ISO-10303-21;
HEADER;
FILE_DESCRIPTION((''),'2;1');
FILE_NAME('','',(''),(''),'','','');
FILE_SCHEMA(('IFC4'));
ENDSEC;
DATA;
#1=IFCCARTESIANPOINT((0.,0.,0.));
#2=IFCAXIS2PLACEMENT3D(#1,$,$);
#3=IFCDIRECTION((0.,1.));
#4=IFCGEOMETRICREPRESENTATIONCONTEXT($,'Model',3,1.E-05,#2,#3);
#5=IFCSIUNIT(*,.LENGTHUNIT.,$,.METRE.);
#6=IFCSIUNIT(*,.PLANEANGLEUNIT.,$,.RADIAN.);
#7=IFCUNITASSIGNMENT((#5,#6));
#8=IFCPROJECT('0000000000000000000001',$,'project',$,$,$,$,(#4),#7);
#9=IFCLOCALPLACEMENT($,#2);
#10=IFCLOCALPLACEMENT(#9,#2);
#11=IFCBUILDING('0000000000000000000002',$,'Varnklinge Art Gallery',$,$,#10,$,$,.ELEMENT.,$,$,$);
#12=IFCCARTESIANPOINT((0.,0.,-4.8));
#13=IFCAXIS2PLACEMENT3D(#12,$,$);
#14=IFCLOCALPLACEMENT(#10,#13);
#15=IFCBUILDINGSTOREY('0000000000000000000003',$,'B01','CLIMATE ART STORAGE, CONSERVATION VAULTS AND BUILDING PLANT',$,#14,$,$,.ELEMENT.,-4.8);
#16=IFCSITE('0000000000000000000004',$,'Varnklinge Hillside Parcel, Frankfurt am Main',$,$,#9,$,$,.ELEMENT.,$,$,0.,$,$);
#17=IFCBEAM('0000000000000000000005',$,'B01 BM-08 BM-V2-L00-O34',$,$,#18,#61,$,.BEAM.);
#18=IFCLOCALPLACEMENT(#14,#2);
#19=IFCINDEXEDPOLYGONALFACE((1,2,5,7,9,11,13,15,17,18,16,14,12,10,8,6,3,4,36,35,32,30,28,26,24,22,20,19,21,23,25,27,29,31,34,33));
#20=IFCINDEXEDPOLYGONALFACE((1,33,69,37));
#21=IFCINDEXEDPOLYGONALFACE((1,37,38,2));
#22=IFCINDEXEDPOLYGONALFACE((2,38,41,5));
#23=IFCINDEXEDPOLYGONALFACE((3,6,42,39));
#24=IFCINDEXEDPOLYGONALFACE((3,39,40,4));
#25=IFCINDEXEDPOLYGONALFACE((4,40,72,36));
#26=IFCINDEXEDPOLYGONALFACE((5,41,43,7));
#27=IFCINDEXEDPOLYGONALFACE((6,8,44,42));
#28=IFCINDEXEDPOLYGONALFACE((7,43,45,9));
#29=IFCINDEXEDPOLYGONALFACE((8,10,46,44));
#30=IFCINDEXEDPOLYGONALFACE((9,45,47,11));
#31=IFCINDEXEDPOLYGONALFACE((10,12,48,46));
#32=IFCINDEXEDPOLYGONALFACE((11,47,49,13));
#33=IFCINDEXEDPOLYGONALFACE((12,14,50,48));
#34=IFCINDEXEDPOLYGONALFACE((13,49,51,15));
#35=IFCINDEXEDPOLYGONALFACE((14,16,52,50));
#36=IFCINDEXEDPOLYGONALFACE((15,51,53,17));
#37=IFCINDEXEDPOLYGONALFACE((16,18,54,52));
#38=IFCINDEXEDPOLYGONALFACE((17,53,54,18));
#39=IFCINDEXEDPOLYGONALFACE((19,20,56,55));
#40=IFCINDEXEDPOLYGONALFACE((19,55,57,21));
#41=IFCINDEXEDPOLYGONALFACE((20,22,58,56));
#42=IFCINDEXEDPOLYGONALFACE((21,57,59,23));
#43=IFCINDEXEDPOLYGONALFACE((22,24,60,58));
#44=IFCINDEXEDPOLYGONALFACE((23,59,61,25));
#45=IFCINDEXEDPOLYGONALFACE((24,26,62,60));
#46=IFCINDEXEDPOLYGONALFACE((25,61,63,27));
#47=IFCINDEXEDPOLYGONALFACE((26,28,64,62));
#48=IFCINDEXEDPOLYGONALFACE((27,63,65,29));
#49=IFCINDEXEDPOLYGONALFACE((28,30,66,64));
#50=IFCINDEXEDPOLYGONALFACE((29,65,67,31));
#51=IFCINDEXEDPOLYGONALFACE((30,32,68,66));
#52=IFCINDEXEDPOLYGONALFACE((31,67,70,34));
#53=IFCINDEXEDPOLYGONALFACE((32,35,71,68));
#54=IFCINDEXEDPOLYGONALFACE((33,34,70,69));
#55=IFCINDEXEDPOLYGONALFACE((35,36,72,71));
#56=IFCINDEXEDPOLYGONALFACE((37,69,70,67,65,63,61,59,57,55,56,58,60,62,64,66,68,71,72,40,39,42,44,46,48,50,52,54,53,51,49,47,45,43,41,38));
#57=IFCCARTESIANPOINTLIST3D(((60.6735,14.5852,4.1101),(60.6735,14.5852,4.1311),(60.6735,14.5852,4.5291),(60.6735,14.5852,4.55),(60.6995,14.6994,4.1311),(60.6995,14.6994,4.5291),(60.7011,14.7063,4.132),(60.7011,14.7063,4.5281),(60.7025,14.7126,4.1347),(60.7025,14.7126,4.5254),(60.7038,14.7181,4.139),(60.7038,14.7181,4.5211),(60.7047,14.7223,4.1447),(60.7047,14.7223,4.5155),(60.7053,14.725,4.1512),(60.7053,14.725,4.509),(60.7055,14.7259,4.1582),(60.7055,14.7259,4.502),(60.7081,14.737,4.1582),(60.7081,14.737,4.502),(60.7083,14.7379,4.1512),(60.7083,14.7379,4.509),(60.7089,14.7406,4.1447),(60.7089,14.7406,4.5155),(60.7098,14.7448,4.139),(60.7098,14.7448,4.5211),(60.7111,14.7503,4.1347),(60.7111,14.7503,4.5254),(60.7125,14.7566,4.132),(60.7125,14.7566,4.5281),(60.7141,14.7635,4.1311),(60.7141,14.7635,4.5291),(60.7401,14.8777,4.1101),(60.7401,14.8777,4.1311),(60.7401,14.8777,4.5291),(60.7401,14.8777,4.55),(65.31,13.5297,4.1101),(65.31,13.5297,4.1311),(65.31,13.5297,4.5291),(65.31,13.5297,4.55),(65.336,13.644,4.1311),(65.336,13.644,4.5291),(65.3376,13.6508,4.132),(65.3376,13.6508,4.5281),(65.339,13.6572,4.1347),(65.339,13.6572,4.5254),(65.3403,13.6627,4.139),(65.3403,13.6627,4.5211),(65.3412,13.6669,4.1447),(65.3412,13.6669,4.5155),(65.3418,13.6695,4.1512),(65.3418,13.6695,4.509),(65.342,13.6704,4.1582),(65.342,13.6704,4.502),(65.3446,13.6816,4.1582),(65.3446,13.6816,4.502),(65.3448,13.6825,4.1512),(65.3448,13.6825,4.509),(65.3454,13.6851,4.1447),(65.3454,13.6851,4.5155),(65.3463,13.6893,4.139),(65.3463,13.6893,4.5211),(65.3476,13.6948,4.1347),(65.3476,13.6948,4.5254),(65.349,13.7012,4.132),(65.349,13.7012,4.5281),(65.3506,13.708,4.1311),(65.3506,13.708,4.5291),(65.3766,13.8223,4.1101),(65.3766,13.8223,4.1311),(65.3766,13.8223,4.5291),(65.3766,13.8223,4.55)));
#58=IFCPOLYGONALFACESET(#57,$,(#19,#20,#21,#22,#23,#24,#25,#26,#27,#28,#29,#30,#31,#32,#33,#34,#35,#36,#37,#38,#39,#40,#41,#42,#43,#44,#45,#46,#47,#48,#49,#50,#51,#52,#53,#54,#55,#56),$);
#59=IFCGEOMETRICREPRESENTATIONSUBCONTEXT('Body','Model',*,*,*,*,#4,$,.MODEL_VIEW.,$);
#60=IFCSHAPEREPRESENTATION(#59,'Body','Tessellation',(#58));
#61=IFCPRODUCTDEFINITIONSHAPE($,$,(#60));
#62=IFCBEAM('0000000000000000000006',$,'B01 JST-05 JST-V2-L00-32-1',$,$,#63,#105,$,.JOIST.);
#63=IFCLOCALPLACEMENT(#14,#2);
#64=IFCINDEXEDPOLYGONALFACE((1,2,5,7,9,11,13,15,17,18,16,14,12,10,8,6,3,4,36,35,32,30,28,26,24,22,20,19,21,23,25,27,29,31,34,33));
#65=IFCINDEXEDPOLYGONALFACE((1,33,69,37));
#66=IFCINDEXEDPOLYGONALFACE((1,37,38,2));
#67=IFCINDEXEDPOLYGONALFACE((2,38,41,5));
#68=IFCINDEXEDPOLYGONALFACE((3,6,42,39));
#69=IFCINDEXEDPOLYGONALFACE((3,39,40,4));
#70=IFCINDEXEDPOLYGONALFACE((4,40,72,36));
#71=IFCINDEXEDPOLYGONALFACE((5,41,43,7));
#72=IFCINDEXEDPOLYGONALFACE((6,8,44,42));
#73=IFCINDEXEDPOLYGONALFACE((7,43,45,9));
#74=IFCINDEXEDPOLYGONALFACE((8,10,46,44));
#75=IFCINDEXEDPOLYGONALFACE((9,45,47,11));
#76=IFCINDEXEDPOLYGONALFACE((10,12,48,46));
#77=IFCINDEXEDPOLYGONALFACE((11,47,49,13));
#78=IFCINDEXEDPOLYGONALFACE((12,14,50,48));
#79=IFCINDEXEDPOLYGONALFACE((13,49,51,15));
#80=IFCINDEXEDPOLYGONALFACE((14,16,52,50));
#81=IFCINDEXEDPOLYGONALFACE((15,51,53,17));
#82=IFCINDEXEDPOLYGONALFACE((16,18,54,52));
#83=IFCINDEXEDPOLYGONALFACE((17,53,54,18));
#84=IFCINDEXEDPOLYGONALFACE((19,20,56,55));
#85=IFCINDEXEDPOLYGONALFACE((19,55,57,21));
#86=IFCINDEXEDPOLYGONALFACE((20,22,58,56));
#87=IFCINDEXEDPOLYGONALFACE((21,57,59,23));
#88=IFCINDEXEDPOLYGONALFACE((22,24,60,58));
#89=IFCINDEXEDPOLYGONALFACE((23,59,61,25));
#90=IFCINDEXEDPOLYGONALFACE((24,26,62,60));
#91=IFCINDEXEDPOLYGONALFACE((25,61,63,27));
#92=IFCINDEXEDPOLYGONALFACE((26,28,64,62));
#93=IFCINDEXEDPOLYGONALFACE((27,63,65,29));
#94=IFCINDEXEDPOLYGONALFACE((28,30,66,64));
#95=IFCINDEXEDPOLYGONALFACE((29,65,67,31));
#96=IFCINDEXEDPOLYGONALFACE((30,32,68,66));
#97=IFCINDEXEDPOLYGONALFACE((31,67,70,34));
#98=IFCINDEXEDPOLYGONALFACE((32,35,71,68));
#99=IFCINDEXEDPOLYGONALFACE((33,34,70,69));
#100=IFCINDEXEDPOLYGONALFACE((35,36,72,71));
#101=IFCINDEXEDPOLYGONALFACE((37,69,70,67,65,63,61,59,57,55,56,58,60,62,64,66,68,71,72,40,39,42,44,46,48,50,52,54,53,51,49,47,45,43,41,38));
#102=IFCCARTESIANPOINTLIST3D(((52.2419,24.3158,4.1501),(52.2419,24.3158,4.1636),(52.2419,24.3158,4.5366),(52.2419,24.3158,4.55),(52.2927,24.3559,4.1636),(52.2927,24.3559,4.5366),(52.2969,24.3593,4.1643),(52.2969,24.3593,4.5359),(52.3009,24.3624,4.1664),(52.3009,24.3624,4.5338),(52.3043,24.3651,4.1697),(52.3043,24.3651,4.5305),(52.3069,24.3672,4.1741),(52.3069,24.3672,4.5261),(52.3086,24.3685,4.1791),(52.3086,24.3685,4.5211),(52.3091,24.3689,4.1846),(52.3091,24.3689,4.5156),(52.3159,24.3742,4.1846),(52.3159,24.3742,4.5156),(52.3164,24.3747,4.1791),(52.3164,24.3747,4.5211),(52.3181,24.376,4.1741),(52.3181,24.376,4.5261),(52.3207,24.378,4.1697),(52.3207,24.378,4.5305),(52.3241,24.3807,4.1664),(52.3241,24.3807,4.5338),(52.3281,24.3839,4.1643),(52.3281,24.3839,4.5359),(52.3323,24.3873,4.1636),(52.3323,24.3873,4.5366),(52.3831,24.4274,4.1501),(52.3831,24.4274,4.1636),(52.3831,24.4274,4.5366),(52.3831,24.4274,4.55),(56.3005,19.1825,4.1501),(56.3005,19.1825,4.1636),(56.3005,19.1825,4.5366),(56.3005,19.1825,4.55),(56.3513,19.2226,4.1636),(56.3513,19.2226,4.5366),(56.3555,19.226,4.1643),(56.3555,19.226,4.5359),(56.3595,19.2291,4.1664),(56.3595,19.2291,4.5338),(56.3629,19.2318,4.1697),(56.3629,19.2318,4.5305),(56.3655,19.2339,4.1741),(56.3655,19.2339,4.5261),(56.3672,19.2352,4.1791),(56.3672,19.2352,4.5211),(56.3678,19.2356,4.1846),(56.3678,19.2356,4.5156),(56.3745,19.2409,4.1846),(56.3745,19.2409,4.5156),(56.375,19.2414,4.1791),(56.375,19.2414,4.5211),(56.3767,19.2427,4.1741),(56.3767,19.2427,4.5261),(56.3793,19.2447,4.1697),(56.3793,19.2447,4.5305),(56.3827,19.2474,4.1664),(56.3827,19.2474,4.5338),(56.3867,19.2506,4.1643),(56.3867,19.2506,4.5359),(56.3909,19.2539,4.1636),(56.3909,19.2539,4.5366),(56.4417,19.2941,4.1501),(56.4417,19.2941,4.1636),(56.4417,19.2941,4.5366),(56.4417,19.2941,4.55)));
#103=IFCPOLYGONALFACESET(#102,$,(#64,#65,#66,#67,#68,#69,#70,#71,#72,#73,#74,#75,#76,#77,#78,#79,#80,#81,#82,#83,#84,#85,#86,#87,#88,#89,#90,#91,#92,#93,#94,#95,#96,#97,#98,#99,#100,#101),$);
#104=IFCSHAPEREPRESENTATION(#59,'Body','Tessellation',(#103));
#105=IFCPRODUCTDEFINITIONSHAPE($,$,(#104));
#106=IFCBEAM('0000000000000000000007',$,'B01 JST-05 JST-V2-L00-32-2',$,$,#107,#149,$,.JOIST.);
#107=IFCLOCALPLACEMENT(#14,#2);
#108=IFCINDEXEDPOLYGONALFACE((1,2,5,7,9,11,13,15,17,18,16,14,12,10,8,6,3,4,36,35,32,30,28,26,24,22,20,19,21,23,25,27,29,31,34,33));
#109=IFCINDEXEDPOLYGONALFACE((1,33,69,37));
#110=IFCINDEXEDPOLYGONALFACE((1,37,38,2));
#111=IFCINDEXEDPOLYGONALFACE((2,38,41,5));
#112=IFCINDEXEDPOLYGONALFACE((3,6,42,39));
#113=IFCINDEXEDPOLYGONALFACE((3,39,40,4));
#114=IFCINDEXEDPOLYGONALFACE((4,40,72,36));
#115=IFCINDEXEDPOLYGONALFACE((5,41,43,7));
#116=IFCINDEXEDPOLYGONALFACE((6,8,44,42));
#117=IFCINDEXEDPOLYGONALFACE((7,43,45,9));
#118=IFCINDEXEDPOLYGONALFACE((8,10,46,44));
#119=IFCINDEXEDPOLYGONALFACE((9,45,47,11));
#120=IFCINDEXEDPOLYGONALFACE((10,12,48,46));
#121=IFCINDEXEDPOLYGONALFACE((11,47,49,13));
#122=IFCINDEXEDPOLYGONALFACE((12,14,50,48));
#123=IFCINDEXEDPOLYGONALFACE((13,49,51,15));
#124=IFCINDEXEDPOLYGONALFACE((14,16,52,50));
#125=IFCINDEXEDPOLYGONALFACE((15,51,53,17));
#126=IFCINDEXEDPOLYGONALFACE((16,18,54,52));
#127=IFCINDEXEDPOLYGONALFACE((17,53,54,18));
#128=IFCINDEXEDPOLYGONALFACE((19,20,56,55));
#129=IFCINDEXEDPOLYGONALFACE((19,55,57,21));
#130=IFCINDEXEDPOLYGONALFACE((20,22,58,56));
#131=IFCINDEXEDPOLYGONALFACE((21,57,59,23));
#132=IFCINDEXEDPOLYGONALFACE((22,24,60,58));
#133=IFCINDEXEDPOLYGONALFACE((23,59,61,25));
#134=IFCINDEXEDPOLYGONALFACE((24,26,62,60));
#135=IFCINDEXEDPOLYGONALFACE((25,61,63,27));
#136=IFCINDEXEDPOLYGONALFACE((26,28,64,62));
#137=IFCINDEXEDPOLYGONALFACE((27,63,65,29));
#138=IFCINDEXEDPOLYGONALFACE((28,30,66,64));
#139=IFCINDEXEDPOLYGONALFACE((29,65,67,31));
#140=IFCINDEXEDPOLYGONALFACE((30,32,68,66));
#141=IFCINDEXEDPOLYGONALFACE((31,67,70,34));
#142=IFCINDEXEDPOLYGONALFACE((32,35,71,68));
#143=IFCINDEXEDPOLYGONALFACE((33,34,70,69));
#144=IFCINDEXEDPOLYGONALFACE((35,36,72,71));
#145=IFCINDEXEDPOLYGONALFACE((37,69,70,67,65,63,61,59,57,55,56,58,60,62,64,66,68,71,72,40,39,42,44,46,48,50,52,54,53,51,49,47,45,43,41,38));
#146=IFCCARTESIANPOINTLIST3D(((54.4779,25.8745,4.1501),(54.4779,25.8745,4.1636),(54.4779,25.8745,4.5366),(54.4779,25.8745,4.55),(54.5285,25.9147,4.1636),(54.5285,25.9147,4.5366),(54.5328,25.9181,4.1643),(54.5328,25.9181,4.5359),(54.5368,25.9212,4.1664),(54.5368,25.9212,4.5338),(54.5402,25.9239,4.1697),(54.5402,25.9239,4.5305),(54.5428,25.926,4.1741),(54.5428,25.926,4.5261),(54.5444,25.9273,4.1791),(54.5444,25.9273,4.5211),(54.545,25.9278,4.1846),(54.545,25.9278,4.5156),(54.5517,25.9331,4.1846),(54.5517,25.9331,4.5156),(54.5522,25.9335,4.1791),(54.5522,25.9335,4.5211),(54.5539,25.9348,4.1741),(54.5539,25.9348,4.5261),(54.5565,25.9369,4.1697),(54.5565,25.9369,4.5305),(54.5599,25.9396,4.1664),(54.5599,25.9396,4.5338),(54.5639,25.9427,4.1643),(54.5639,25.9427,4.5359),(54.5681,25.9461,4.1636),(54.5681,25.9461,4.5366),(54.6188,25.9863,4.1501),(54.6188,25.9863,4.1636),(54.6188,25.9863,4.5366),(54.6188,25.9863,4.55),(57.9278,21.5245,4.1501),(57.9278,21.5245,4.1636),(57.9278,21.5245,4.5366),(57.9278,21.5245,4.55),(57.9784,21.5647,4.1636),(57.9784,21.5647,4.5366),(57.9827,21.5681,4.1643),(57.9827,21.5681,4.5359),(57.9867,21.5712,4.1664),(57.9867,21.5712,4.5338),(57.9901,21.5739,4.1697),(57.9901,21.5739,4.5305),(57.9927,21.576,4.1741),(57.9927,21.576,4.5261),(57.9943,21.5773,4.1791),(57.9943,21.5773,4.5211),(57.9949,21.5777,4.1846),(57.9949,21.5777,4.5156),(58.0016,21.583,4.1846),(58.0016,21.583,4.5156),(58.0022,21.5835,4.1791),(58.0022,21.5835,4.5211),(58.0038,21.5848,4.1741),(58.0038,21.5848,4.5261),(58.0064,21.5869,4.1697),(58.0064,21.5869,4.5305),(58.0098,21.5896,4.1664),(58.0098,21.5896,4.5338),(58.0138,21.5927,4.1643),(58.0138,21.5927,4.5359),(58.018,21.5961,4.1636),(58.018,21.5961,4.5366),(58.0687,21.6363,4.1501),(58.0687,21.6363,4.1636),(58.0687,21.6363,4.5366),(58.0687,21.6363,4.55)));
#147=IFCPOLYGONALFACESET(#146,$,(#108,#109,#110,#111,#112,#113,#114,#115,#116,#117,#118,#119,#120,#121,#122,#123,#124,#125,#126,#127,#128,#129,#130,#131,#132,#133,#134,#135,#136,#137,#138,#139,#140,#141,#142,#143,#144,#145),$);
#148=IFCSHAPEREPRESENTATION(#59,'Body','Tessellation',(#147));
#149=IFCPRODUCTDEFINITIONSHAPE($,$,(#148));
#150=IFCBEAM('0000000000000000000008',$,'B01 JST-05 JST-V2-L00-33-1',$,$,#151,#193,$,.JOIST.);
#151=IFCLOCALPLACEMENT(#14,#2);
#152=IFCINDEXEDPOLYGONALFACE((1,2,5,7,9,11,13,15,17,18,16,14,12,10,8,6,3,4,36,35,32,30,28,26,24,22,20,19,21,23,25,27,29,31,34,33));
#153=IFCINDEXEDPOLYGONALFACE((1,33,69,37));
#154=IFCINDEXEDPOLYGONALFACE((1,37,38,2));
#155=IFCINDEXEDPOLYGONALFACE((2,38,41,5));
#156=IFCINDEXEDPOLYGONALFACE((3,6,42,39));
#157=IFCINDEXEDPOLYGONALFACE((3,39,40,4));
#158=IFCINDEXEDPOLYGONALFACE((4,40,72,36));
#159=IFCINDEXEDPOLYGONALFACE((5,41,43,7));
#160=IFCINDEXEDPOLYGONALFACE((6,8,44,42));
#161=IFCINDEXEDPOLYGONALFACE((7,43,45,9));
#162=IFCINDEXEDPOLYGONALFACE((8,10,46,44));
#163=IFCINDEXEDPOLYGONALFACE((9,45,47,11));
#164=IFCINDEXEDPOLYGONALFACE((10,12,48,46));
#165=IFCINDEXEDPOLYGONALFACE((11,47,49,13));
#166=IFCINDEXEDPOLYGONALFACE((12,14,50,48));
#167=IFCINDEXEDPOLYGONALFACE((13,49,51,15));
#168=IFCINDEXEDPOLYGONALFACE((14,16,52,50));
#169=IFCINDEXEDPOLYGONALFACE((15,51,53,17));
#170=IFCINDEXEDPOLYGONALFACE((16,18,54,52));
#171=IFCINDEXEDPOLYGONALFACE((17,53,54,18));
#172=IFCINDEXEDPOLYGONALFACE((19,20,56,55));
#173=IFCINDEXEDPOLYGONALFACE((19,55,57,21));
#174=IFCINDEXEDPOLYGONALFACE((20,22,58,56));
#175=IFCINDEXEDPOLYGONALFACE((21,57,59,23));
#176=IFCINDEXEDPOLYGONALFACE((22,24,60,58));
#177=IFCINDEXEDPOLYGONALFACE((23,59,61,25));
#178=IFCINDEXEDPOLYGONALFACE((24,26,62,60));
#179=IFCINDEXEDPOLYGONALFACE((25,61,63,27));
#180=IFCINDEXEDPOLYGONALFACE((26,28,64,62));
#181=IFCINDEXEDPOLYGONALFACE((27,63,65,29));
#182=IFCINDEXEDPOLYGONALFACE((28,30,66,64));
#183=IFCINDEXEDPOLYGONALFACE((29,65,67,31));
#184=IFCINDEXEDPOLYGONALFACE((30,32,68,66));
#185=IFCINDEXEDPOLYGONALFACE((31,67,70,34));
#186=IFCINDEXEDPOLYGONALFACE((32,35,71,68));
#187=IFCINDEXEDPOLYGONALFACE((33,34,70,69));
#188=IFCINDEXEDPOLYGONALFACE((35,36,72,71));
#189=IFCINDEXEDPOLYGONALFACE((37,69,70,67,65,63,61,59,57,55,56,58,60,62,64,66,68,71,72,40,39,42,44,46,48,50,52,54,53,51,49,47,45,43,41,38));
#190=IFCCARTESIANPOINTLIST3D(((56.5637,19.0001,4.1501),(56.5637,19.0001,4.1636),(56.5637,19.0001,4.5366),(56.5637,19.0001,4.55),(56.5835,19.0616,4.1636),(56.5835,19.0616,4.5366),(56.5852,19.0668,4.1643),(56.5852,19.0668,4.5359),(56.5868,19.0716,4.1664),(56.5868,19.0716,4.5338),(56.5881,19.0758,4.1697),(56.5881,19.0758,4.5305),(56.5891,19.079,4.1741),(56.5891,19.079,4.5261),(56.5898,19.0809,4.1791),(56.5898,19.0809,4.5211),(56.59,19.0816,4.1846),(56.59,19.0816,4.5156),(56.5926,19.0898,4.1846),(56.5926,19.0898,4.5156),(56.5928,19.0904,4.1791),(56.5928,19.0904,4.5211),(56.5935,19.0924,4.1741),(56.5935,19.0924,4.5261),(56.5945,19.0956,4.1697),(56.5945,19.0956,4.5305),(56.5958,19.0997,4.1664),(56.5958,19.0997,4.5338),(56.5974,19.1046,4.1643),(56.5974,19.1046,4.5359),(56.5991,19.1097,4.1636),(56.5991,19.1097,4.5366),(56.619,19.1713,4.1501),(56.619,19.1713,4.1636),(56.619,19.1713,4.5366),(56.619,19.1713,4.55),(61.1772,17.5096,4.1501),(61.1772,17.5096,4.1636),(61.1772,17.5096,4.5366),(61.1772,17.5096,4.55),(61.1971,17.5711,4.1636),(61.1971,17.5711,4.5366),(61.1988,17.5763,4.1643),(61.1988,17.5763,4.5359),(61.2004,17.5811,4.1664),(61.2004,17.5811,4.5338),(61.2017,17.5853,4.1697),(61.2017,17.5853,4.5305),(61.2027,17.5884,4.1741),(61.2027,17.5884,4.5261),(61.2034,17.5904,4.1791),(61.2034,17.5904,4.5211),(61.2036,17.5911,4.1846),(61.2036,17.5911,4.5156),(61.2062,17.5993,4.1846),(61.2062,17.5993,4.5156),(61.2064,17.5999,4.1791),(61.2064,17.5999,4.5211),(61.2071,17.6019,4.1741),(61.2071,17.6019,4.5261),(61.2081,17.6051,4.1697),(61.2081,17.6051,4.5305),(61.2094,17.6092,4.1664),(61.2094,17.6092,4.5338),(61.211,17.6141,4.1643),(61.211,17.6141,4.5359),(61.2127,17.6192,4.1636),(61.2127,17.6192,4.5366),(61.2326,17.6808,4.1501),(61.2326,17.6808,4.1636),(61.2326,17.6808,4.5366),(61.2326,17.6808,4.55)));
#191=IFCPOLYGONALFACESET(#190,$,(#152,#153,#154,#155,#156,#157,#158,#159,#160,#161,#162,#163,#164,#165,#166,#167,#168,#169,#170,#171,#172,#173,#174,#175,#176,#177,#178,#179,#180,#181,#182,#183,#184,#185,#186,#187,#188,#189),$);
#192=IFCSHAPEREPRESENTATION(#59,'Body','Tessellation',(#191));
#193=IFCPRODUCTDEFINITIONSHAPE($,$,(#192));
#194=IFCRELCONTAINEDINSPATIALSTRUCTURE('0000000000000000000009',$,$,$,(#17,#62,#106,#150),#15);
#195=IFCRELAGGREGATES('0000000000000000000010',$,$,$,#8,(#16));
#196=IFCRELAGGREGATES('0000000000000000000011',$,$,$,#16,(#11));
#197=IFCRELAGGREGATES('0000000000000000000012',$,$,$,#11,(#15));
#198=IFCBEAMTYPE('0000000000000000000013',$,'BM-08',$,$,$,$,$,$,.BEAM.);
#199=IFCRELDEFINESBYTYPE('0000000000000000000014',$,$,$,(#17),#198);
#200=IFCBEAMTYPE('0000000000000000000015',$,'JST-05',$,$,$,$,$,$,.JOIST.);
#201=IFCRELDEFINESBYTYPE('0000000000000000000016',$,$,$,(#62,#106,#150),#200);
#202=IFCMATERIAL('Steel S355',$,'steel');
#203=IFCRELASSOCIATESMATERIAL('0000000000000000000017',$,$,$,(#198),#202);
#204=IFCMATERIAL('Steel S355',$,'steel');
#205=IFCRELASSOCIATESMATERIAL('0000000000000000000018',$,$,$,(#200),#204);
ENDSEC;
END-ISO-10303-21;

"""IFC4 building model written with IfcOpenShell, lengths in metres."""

from ifc_helpers import new_model, si_unit, direction, frame, origin, origin_2d, place, context, subcontext, project, spatial, i_section, extrude, material, material_profile, profile_set, type_object, element, save


model = new_model("IFC4")

# Units and contexts
model_context = context("Model", 3, precision=1e-05, world=origin(), true_north=direction((0.0, 1.0)))
body_context = subcontext(model_context, "Body", "Model", "MODEL_VIEW")
ifc_project = project(units=[si_unit("LENGTHUNIT", "METRE"), si_unit("PLANEANGLEUNIT", "RADIAN")], contexts=[model_context])

# Site, building, storey
site_placement = place(None, origin())
site = spatial("IfcSite", under=ifc_project, at=site_placement, Name="Varnklinge Hillside Parcel, Frankfurt am Main", CompositionType="ELEMENT", RefElevation=0.0)
building_placement = place(site_placement, origin())
building = spatial("IfcBuilding", under=site, at=building_placement, Name="Varnklinge Art Gallery", CompositionType="ELEMENT")
storey_placement = place(building_placement, frame((0.0, 0.0, -4.8)))
storey = spatial("IfcBuildingStorey", under=building, at=storey_placement, Name="B01", Description="CLIMATE ART STORAGE, CONSERVATION VAULTS AND BUILDING PLANT", CompositionType="ELEMENT", Elevation=-4.8)

# Beams
ifc_material_1 = material(Name="Steel S355", Category="steel")
ifc_material_profile_1 = material_profile(ifc_material_1, i_section(OverallWidth=0.3, OverallDepth=0.4399, WebThickness=0.0115, FlangeThickness=0.021, FilletRadius=0.0271, at=origin_2d()), Name="HEA 450")
ifc_profile_set_1 = profile_set([ifc_material_profile_1], Name="Steel S355")
beam_type_1 = type_object("IfcBeamType", Name="BM-08", PredefinedType="BEAM", material=ifc_profile_set_1)
beam_1_placement = place(storey_placement, frame((60.7068, 14.7314, 4.3301), z_axis=(0.975057, -0.221956, 0.0), x_axis=(0.221956, 0.975057, 0.0)))
element("IfcBeam", 1, at=beam_1_placement, inside=storey, type_object=beam_type_1, Name="B01 BM-08 BM-V2-L00-O34", PredefinedType="BEAM", context=body_context, shape_type="SweptSolid", body=[
    extrude(i_section(OverallWidth=0.3, OverallDepth=0.4399, WebThickness=0.0115, FlangeThickness=0.021, FilletRadius=0.0271, at=origin_2d()), origin(), (0.0, 0.0, 1.0), 4.7551),
])
ifc_material_2 = material(Name="Steel S355", Category="steel")
ifc_material_profile_2 = material_profile(ifc_material_2, i_section(OverallWidth=0.1799, OverallDepth=0.3999, WebThickness=0.0085, FlangeThickness=0.0134, FilletRadius=0.021, at=origin_2d()), Name="IPE 400")
ifc_profile_set_2 = profile_set([ifc_material_profile_2], Name="Steel S355")
beam_type_2 = type_object("IfcBeamType", Name="JST-05", PredefinedType="JOIST", material=ifc_profile_set_2)
beam_2_placement = place(storey_placement, frame((52.3125, 24.3716, 4.3501), z_axis=(0.620208, -0.784438, 0.0), x_axis=(0.784438, 0.620208, 0.0)))
element("IfcBeam", 2, at=beam_2_placement, inside=storey, type_object=beam_type_2, Name="B01 JST-05 JST-V2-L00-32-1", PredefinedType="JOIST", context=body_context, shape_type="SweptSolid", body=[
    extrude(i_section(OverallWidth=0.1799, OverallDepth=0.3999, WebThickness=0.0085, FlangeThickness=0.0134, FilletRadius=0.021, at=origin_2d()), origin(), (0.0, 0.0, 1.0), 6.5439),
])
beam_3_placement = place(storey_placement, frame((54.5483, 25.9304, 4.3501), z_axis=(0.621381, -0.783509, 0.0), x_axis=(0.783509, 0.621381, 0.0)))
element("IfcBeam", 3, at=beam_3_placement, inside=storey, type_object=beam_type_2, Name="B01 JST-05 JST-V2-L00-32-2", PredefinedType="JOIST", context=body_context, shape_type="SweptSolid", body=[
    extrude(i_section(OverallWidth=0.1799, OverallDepth=0.3999, WebThickness=0.0085, FlangeThickness=0.0134, FilletRadius=0.021, at=origin_2d()), origin(), (0.0, 0.0, 1.0), 5.552),
])
beam_4_placement = place(storey_placement, frame((56.5913, 19.0857, 4.3501), z_axis=(0.951573, -0.307422, 0.0), x_axis=(0.307422, 0.951573, 0.0)))
element("IfcBeam", 4, at=beam_4_placement, inside=storey, type_object=beam_type_2, Name="B01 JST-05 JST-V2-L00-33-1", PredefinedType="JOIST", context=body_context, shape_type="SweptSolid", body=[
    extrude(i_section(OverallWidth=0.1799, OverallDepth=0.3999, WebThickness=0.0085, FlangeThickness=0.0134, FilletRadius=0.021, at=origin_2d()), origin(), (0.0, 0.0, 1.0), 4.8484),
])

save(model, "model.ifc")
